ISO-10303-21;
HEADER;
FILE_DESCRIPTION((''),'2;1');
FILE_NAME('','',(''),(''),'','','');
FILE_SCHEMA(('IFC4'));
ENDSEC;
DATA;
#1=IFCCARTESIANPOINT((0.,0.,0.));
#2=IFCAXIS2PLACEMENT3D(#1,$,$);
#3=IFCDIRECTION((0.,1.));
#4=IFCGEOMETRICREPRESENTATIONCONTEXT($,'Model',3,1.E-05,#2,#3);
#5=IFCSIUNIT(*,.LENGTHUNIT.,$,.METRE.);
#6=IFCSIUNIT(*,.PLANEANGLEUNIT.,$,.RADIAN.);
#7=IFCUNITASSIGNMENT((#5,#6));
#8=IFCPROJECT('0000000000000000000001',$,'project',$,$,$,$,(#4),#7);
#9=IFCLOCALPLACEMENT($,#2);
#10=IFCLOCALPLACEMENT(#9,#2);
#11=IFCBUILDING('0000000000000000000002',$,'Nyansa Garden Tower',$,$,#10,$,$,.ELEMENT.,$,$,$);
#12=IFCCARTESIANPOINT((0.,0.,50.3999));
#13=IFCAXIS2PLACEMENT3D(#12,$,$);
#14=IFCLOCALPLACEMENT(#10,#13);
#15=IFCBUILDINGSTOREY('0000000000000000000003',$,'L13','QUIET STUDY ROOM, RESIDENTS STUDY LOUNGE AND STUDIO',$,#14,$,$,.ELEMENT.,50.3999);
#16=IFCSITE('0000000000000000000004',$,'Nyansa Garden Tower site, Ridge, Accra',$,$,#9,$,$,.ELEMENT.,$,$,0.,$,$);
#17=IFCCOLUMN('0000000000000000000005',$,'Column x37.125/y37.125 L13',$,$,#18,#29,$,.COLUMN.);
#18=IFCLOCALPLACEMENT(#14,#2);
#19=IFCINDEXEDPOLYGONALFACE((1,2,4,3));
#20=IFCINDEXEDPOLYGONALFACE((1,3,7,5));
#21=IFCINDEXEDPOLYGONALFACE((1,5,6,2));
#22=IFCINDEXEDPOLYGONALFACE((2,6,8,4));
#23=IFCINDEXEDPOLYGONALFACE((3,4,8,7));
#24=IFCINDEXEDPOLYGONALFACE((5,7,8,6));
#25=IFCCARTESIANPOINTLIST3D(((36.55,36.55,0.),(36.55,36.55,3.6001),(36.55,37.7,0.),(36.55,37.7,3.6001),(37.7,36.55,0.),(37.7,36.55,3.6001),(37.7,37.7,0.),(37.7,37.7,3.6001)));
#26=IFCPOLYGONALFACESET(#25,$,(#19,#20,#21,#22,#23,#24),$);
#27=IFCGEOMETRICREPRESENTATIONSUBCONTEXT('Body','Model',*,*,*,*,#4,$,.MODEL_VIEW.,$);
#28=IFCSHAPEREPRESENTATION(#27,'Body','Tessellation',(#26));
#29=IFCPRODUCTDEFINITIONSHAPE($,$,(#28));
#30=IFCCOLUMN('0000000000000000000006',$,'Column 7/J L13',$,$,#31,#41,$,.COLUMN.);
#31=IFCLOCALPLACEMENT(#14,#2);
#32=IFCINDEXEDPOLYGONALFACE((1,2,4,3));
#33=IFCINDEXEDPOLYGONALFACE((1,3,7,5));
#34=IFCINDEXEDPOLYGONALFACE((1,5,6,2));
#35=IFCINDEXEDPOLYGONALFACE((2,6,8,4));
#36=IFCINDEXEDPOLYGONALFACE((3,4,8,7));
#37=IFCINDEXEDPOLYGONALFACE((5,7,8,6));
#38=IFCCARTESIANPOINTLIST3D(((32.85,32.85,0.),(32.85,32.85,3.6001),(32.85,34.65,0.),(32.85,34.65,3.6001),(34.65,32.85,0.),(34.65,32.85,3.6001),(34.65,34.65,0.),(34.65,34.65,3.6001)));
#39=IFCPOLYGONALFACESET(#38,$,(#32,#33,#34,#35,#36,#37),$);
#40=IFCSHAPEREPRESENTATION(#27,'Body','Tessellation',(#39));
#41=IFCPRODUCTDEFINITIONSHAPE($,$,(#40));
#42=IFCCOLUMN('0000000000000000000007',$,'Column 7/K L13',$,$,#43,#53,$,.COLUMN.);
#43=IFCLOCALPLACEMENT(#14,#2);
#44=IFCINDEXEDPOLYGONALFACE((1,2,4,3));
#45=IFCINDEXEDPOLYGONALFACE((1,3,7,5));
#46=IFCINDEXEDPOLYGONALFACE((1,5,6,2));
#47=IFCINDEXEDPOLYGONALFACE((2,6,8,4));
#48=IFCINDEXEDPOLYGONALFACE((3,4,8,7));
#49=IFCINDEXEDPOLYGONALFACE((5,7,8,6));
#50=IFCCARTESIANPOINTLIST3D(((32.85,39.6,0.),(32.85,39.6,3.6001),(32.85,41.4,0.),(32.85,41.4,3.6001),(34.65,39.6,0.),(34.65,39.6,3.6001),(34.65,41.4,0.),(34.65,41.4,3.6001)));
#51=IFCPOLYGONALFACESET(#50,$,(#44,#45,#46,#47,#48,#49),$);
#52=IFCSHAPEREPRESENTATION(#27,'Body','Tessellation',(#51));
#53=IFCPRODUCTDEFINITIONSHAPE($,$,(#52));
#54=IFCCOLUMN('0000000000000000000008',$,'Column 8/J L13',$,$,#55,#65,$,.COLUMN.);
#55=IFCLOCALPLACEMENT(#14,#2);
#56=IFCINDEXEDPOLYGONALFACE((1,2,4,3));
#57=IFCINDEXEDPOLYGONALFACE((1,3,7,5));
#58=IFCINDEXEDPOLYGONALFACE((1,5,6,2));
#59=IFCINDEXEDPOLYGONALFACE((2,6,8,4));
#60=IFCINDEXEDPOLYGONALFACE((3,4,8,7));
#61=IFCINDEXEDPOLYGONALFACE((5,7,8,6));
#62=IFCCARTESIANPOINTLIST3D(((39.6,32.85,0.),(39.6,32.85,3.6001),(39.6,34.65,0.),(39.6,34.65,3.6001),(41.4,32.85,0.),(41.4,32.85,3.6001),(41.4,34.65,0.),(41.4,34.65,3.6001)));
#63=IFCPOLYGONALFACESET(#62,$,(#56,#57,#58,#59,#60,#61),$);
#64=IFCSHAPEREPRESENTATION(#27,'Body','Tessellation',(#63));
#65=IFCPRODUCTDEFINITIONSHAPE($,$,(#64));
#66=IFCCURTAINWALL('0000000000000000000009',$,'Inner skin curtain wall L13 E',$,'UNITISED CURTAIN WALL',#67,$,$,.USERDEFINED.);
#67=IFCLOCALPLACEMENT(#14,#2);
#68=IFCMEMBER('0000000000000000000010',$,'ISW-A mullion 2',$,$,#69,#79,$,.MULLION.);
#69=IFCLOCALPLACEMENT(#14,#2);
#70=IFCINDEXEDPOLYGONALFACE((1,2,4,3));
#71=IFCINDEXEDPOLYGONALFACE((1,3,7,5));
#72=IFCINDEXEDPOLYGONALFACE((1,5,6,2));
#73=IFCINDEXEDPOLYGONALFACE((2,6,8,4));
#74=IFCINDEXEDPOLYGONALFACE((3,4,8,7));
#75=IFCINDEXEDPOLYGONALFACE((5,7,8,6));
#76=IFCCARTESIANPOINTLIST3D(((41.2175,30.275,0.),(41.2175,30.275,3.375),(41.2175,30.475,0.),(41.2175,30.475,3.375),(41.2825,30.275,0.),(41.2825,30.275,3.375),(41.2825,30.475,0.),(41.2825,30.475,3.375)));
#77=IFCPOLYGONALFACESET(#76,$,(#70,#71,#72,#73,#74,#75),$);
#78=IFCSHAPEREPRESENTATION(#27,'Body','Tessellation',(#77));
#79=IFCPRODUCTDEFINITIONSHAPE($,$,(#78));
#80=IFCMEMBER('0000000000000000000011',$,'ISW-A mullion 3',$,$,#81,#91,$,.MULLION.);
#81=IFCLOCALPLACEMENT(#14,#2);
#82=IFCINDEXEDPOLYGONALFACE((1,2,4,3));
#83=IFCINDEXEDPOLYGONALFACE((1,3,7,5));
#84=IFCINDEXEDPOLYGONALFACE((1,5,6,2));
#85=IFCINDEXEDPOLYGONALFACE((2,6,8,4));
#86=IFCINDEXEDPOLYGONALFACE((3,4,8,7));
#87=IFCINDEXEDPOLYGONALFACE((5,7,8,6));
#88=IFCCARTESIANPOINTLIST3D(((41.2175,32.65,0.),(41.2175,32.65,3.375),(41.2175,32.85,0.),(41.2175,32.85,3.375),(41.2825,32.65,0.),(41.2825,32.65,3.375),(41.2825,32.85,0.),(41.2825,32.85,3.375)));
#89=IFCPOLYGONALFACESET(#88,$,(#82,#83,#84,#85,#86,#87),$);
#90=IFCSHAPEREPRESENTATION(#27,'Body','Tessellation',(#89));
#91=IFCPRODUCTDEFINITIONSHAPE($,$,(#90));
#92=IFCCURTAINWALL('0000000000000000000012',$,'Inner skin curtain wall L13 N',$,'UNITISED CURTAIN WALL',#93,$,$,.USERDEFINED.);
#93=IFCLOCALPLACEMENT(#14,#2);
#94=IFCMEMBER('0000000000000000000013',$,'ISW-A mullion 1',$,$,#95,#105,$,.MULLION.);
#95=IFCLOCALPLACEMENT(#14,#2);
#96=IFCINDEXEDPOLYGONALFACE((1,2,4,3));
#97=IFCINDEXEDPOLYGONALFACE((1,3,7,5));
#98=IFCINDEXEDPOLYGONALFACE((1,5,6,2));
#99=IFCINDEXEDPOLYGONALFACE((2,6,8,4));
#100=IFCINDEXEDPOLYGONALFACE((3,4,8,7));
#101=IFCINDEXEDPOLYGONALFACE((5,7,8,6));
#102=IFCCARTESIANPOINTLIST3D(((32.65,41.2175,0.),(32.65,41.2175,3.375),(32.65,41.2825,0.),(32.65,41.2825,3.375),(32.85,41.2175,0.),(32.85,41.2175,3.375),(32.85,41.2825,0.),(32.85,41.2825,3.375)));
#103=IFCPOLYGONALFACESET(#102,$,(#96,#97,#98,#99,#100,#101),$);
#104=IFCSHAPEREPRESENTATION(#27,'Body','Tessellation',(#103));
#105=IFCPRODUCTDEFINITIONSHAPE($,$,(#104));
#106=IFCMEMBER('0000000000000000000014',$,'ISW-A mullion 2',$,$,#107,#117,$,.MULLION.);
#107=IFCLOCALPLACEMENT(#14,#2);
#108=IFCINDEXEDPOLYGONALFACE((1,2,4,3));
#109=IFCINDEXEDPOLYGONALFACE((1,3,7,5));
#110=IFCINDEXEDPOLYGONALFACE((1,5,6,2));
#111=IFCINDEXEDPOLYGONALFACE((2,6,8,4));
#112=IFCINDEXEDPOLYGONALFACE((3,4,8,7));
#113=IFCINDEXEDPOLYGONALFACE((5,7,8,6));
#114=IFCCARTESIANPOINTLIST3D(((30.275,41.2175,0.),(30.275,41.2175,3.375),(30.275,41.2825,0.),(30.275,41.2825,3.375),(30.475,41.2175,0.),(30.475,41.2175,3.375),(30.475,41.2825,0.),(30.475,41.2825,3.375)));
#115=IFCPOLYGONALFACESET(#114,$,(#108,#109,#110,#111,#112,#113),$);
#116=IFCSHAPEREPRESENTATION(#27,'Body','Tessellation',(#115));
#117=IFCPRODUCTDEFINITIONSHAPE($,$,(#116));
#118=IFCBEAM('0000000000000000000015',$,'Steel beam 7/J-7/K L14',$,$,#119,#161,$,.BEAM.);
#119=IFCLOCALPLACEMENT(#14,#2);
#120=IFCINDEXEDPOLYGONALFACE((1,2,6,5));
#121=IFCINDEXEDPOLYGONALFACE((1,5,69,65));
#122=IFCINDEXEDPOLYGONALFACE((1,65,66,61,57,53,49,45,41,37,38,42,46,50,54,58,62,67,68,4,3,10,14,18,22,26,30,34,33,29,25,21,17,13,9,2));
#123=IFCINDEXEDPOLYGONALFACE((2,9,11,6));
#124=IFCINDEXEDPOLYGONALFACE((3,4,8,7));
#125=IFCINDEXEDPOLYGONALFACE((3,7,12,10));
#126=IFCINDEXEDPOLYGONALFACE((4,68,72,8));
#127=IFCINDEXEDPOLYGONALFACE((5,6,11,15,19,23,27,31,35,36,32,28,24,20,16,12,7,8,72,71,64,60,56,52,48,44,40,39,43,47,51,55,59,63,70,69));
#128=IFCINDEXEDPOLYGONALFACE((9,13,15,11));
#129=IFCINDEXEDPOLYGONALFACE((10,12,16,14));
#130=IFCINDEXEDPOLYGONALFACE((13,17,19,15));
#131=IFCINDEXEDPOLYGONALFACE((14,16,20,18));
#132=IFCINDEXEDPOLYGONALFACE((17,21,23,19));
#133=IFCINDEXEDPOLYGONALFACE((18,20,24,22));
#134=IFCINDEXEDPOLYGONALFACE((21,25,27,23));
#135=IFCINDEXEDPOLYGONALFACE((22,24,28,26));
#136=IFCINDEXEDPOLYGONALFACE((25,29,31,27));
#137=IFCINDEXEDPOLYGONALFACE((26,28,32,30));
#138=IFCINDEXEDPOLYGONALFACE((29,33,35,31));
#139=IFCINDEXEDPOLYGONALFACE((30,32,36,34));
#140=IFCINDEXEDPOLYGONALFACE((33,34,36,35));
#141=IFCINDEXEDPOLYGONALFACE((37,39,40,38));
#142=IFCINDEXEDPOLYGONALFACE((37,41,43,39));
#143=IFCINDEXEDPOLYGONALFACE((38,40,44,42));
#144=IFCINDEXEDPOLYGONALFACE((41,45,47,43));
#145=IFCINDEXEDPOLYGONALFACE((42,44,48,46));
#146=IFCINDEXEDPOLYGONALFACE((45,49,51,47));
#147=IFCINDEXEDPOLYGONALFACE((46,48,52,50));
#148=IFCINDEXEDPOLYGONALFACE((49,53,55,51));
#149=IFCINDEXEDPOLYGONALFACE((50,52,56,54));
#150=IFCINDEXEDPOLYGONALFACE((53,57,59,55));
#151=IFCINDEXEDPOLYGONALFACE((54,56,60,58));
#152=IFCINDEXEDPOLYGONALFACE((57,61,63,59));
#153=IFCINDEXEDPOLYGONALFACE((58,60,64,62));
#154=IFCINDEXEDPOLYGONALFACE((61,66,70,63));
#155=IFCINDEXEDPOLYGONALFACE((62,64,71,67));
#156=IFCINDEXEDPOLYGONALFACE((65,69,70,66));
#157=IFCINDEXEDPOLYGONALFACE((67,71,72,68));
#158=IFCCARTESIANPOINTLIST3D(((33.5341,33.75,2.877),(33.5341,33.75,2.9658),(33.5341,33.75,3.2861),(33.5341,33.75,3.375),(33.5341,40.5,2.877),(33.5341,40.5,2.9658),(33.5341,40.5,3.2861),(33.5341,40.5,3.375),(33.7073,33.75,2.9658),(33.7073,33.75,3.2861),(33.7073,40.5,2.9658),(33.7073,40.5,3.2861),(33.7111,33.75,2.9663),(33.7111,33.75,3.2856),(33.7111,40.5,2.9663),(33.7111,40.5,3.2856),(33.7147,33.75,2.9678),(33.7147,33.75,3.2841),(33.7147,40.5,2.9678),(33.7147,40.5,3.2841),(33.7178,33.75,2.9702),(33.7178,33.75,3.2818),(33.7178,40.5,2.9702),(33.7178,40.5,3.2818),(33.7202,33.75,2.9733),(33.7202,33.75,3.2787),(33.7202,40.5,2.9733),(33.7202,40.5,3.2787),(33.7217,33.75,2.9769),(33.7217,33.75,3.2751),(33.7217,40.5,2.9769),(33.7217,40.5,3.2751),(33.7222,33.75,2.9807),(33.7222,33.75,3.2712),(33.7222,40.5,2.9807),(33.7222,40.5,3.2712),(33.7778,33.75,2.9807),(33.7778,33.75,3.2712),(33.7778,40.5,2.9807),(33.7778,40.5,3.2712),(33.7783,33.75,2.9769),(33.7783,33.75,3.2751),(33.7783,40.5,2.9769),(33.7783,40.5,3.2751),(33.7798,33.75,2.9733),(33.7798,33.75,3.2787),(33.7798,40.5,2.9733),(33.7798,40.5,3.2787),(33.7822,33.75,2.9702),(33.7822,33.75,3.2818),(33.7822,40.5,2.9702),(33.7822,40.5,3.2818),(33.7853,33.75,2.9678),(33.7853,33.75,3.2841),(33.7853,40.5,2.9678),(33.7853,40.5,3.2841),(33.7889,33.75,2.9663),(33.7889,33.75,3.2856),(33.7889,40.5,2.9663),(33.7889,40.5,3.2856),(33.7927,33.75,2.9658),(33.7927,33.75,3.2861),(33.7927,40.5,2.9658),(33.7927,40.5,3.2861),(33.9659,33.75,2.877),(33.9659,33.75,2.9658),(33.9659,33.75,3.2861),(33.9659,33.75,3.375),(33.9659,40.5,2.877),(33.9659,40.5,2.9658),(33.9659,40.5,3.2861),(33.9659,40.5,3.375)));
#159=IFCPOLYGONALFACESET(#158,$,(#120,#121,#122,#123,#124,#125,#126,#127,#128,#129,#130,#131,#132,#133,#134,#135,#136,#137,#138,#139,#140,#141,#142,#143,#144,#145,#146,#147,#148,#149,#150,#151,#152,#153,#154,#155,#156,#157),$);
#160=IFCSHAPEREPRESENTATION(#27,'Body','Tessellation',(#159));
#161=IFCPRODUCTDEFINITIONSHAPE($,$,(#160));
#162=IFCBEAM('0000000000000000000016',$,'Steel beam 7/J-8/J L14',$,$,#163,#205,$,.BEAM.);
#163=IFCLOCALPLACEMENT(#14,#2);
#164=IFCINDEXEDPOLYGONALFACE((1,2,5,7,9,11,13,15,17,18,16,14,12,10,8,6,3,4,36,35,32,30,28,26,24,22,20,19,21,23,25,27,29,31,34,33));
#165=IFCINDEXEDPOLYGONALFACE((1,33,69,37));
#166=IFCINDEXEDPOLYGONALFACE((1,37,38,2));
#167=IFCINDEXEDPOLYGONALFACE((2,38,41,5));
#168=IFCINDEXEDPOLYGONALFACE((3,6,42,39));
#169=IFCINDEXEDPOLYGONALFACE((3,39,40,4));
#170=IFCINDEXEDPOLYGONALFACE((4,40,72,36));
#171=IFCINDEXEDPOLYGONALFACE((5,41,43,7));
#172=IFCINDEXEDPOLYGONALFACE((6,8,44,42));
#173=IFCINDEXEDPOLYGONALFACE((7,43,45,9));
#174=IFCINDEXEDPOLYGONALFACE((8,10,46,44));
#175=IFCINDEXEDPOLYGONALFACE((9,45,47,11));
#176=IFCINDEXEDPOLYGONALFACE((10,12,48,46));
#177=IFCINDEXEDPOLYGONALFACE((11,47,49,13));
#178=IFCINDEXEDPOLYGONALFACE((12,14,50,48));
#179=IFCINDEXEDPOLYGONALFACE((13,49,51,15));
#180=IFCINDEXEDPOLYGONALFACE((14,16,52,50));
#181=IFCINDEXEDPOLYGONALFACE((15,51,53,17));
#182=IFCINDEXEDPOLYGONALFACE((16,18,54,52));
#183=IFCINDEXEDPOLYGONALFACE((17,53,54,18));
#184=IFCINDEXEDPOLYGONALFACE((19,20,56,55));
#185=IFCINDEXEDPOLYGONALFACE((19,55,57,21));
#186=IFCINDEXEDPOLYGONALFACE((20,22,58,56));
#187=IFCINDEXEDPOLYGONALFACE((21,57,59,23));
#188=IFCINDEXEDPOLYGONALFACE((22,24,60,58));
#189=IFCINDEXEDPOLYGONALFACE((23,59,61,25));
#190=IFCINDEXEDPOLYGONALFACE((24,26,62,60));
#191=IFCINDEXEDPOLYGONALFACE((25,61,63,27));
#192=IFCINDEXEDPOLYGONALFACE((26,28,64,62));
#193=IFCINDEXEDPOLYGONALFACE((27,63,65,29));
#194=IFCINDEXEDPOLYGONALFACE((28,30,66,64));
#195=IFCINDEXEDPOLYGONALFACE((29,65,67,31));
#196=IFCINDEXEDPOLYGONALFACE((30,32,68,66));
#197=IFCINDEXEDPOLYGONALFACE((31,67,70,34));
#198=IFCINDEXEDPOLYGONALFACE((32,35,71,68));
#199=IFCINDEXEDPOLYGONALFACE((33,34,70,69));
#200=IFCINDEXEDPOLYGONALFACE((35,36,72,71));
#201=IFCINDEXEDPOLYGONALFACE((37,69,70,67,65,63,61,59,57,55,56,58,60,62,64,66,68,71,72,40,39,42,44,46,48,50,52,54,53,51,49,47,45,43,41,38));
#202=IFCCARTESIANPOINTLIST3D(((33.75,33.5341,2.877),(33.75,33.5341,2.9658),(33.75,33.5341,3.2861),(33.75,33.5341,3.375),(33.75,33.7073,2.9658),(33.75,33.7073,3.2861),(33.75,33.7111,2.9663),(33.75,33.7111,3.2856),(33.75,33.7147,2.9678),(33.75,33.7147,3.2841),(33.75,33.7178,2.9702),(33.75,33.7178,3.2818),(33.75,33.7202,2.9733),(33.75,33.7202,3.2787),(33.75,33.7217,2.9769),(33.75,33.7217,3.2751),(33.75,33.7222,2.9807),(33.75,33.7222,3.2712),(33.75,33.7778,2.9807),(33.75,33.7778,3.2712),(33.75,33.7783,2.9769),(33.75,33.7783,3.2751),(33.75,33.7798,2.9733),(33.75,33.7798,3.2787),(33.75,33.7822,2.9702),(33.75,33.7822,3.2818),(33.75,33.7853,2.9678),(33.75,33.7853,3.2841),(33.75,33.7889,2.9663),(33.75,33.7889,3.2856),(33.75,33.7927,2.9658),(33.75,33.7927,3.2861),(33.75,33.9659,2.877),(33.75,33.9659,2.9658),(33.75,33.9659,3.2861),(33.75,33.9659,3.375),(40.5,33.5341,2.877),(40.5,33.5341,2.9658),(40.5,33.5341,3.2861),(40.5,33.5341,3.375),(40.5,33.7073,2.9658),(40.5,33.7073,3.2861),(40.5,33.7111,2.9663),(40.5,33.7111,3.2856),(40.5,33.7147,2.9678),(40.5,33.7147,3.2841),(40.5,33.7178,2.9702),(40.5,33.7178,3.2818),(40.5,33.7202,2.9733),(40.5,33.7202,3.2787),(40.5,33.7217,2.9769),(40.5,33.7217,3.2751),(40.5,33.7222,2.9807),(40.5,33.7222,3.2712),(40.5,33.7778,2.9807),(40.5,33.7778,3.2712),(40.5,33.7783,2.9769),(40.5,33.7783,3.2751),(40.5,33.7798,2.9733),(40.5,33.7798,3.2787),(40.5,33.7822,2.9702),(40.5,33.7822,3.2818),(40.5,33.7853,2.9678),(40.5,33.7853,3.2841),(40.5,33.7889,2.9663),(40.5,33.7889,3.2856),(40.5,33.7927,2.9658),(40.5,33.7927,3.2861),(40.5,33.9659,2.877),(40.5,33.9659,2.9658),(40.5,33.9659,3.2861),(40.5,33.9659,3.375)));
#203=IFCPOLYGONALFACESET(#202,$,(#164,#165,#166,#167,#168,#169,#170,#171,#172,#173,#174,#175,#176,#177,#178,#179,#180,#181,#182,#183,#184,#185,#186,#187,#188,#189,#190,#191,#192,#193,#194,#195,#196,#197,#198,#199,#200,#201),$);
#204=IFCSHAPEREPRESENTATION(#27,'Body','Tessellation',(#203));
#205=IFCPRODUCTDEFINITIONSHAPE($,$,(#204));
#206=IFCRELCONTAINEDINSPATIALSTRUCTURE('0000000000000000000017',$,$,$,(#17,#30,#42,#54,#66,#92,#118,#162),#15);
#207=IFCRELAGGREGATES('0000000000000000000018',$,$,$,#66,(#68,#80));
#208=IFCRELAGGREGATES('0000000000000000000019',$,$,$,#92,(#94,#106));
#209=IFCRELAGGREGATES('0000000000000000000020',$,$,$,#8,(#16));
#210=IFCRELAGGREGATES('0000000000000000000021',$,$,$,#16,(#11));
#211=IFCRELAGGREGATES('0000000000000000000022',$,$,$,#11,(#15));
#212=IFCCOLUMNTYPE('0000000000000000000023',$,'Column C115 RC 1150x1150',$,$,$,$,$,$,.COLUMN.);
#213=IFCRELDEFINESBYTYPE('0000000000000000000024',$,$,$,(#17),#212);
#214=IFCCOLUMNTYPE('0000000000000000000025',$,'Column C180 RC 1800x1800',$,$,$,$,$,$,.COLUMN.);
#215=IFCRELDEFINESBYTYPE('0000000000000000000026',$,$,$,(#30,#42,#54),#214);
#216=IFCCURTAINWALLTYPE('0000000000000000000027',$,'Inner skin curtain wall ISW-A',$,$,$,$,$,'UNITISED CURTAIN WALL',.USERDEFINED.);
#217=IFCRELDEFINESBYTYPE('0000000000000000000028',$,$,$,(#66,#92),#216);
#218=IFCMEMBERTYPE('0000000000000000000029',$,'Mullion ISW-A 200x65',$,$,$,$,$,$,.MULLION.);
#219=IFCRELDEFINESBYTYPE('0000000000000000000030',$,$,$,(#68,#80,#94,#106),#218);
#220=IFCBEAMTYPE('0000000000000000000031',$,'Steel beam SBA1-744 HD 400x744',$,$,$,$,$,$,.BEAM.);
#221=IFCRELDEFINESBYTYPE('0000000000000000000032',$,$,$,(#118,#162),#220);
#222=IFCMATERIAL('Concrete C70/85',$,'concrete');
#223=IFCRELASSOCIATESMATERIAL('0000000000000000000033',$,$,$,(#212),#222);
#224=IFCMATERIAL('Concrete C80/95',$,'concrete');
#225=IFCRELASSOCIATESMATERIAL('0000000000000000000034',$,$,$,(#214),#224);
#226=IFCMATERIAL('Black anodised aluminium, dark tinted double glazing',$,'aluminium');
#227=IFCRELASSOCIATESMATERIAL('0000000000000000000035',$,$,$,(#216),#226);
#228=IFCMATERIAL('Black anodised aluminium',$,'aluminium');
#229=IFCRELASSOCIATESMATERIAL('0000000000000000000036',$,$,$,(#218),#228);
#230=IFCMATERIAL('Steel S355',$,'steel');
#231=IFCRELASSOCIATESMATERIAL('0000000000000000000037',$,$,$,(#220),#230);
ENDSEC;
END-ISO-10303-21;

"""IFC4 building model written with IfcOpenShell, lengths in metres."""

from ifc_helpers import new_model, si_unit, direction, frame, origin, origin_2d, place, context, subcontext, project, spatial, rectangle, i_section, extrude, material, material_profile, profile_set, type_object, element, aggregate, save


model = new_model("IFC4")

# Units and contexts
model_context = context("Model", 3, precision=1e-05, world=origin(), true_north=direction((0.0, 1.0)))
body_context = subcontext(model_context, "Body", "Model", "MODEL_VIEW")
ifc_project = project(units=[si_unit("LENGTHUNIT", "METRE"), si_unit("PLANEANGLEUNIT", "RADIAN")], contexts=[model_context])

# Site, building, storey
site_placement = place(None, origin())
site = spatial("IfcSite", under=ifc_project, at=site_placement, Name="Nyansa Garden Tower site, Ridge, Accra", CompositionType="ELEMENT", RefElevation=0.0)
building_placement = place(site_placement, origin())
building = spatial("IfcBuilding", under=site, at=building_placement, Name="Nyansa Garden Tower", CompositionType="ELEMENT")
storey_placement = place(building_placement, frame((0.0, 0.0, 50.3999)))
storey = spatial("IfcBuildingStorey", under=building, at=storey_placement, Name="L13", Description="QUIET STUDY ROOM, RESIDENTS STUDY LOUNGE AND STUDIO", CompositionType="ELEMENT", Elevation=50.3999)

# Columns
ifc_material_1 = material(Name="Concrete C70/85", Category="concrete")
ifc_material_profile_1 = material_profile(ifc_material_1, rectangle(XDim=1.1499, YDim=1.1499, at=origin_2d()), Name="RC 1150x1150")
ifc_profile_set_1 = profile_set([ifc_material_profile_1], Name="Concrete C70/85")
column_type_1 = type_object("IfcColumnType", Name="Column C115 RC 1150x1150", PredefinedType="COLUMN", material=ifc_profile_set_1)
column_placement = place(storey_placement, frame((37.125, 37.125, 0.0), z_axis=(0.0, 0.0, 1.0), x_axis=(1.0, 0.0, 0.0)))
element("IfcColumn", 1, at=column_placement, inside=storey, type_object=column_type_1, Name="Column x37.125/y37.125 L13", PredefinedType="COLUMN", context=body_context, shape_type="SweptSolid", body=[
    extrude(rectangle(XDim=1.1499, YDim=1.1499, at=origin_2d()), origin(), (0.0, 0.0, 1.0), 3.6001),
])
ifc_material_2 = material(Name="Concrete C80/95", Category="concrete")
ifc_material_profile_2 = material_profile(ifc_material_2, rectangle(XDim=1.8, YDim=1.8, at=origin_2d()), Name="RC 1800x1800")
ifc_profile_set_2 = profile_set([ifc_material_profile_2], Name="Concrete C80/95")
column_type_2 = type_object("IfcColumnType", Name="Column C180 RC 1800x1800", PredefinedType="COLUMN", material=ifc_profile_set_2)
for number, where, z_axis, x_axis, name in (
    (2, (33.75, 33.75, 0.0), (0.0, 0.0, 1.0), (1.0, 0.0, 0.0), "Column 7/J L13"),
    (3, (33.75, 40.5, 0.0), (0.0, 0.0, 1.0), (1.0, 0.0, 0.0), "Column 7/K L13"),
    (4, (40.5, 33.75, 0.0), (0.0, 0.0, 1.0), (1.0, 0.0, 0.0), "Column 8/J L13"),
):
    element("IfcColumn", number, at=place(storey_placement, frame(where, z_axis=z_axis, x_axis=x_axis)), inside=storey, type_object=column_type_2, Name=name, PredefinedType="COLUMN", context=body_context, shape_type="SweptSolid", body=[
        extrude(rectangle(XDim=1.8, YDim=1.8, at=origin_2d()), origin(), (0.0, 0.0, 1.0), 3.6001),
    ])

# Curtain walls, members
ifc_material_3 = material(Name="Black anodised aluminium, dark tinted double glazing", Category="aluminium")
curtain_wall_type = type_object("IfcCurtainWallType", Name="Inner skin curtain wall ISW-A", ElementType="UNITISED CURTAIN WALL", PredefinedType="USERDEFINED", material=ifc_material_3)
curtain_wall_1_placement = place(storey_placement, origin())
curtain_wall_1 = element("IfcCurtainWall", 5, at=curtain_wall_1_placement, inside=storey, type_object=curtain_wall_type, Name="Inner skin curtain wall L13 E", ObjectType="UNITISED CURTAIN WALL", PredefinedType="USERDEFINED")
ifc_material_4 = material(Name="Black anodised aluminium", Category="aluminium")
ifc_material_profile_3 = material_profile(ifc_material_4, rectangle(XDim=0.0649, YDim=0.2, at=origin_2d()), Name="Mullion 200x65")
ifc_profile_set_3 = profile_set([ifc_material_profile_3], Name="Black anodised aluminium")
member_type_1 = type_object("IfcMemberType", Name="Mullion ISW-A 200x65", PredefinedType="MULLION", material=ifc_profile_set_3)
member_1_placement = place(storey_placement, frame((41.25, 30.375, 0.0), z_axis=(0.0, 0.0, 1.0), x_axis=(-1.0, 0.0, 0.0)))
member_1 = element("IfcMember", 6, at=member_1_placement, type_object=member_type_1, Name="ISW-A mullion 2", PredefinedType="MULLION", context=body_context, shape_type="SweptSolid", body=[
    extrude(rectangle(XDim=0.0649, YDim=0.2, at=origin_2d()), origin(), (0.0, 0.0, 1.0), 3.375),
])
member_2_placement = place(storey_placement, frame((41.25, 32.75, 0.0), z_axis=(0.0, 0.0, 1.0), x_axis=(-1.0, 0.0, 0.0)))
member_2 = element("IfcMember", 7, at=member_2_placement, type_object=member_type_1, Name="ISW-A mullion 3", PredefinedType="MULLION", context=body_context, shape_type="SweptSolid", body=[
    extrude(rectangle(XDim=0.0649, YDim=0.2, at=origin_2d()), origin(), (0.0, 0.0, 1.0), 3.375),
])
curtain_wall_2_placement = place(storey_placement, origin())
curtain_wall_2 = element("IfcCurtainWall", 8, at=curtain_wall_2_placement, inside=storey, type_object=curtain_wall_type, Name="Inner skin curtain wall L13 N", ObjectType="UNITISED CURTAIN WALL", PredefinedType="USERDEFINED")
member_3_placement = place(storey_placement, frame((32.75, 41.25, 0.0), z_axis=(0.0, 0.0, 1.0), x_axis=(0.0, -1.0, 0.0)))
member_3 = element("IfcMember", 9, at=member_3_placement, type_object=member_type_1, Name="ISW-A mullion 1", PredefinedType="MULLION", context=body_context, shape_type="SweptSolid", body=[
    extrude(rectangle(XDim=0.0649, YDim=0.2, at=origin_2d()), origin(), (0.0, 0.0, 1.0), 3.375),
])
member_4_placement = place(storey_placement, frame((30.375, 41.25, 0.0), z_axis=(0.0, 0.0, 1.0), x_axis=(0.0, -1.0, 0.0)))
member_4 = element("IfcMember", 10, at=member_4_placement, type_object=member_type_1, Name="ISW-A mullion 2", PredefinedType="MULLION", context=body_context, shape_type="SweptSolid", body=[
    extrude(rectangle(XDim=0.0649, YDim=0.2, at=origin_2d()), origin(), (0.0, 0.0, 1.0), 3.375),
])

# Beams
ifc_material_5 = material(Name="Steel S355", Category="steel")
ifc_material_profile_4 = material_profile(ifc_material_5, i_section(OverallWidth=0.4319, OverallDepth=0.498, WebThickness=0.0557, FlangeThickness=0.0889, FilletRadius=0.0149, at=origin_2d()), Name="HD 400x744")
ifc_profile_set_4 = profile_set([ifc_material_profile_4], Name="Steel S355")
beam_type_1 = type_object("IfcBeamType", Name="Steel beam SBA1-744 HD 400x744", PredefinedType="BEAM", material=ifc_profile_set_4)
for number, where, z_axis, x_axis, name in (
    (11, (33.75, 33.75, 3.126), (0.0, 1.0, 0.0), (-1.0, 0.0, 0.0), "Steel beam 7/J-7/K L14"),
    (12, (33.75, 33.75, 3.126), (1.0, 0.0, 0.0), (0.0, 1.0, 0.0), "Steel beam 7/J-8/J L14"),
):
    element("IfcBeam", number, at=place(storey_placement, frame(where, z_axis=z_axis, x_axis=x_axis)), inside=storey, type_object=beam_type_1, Name=name, PredefinedType="BEAM", context=body_context, shape_type="SweptSolid", body=[
        extrude(i_section(OverallWidth=0.4319, OverallDepth=0.498, WebThickness=0.0557, FlangeThickness=0.0889, FilletRadius=0.0149, at=origin_2d()), origin(), (0.0, 0.0, 1.0), 6.75),
    ])

aggregate(curtain_wall_1, [member_1, member_2])
aggregate(curtain_wall_2, [member_3, member_4])

save(model, "model.ifc")
